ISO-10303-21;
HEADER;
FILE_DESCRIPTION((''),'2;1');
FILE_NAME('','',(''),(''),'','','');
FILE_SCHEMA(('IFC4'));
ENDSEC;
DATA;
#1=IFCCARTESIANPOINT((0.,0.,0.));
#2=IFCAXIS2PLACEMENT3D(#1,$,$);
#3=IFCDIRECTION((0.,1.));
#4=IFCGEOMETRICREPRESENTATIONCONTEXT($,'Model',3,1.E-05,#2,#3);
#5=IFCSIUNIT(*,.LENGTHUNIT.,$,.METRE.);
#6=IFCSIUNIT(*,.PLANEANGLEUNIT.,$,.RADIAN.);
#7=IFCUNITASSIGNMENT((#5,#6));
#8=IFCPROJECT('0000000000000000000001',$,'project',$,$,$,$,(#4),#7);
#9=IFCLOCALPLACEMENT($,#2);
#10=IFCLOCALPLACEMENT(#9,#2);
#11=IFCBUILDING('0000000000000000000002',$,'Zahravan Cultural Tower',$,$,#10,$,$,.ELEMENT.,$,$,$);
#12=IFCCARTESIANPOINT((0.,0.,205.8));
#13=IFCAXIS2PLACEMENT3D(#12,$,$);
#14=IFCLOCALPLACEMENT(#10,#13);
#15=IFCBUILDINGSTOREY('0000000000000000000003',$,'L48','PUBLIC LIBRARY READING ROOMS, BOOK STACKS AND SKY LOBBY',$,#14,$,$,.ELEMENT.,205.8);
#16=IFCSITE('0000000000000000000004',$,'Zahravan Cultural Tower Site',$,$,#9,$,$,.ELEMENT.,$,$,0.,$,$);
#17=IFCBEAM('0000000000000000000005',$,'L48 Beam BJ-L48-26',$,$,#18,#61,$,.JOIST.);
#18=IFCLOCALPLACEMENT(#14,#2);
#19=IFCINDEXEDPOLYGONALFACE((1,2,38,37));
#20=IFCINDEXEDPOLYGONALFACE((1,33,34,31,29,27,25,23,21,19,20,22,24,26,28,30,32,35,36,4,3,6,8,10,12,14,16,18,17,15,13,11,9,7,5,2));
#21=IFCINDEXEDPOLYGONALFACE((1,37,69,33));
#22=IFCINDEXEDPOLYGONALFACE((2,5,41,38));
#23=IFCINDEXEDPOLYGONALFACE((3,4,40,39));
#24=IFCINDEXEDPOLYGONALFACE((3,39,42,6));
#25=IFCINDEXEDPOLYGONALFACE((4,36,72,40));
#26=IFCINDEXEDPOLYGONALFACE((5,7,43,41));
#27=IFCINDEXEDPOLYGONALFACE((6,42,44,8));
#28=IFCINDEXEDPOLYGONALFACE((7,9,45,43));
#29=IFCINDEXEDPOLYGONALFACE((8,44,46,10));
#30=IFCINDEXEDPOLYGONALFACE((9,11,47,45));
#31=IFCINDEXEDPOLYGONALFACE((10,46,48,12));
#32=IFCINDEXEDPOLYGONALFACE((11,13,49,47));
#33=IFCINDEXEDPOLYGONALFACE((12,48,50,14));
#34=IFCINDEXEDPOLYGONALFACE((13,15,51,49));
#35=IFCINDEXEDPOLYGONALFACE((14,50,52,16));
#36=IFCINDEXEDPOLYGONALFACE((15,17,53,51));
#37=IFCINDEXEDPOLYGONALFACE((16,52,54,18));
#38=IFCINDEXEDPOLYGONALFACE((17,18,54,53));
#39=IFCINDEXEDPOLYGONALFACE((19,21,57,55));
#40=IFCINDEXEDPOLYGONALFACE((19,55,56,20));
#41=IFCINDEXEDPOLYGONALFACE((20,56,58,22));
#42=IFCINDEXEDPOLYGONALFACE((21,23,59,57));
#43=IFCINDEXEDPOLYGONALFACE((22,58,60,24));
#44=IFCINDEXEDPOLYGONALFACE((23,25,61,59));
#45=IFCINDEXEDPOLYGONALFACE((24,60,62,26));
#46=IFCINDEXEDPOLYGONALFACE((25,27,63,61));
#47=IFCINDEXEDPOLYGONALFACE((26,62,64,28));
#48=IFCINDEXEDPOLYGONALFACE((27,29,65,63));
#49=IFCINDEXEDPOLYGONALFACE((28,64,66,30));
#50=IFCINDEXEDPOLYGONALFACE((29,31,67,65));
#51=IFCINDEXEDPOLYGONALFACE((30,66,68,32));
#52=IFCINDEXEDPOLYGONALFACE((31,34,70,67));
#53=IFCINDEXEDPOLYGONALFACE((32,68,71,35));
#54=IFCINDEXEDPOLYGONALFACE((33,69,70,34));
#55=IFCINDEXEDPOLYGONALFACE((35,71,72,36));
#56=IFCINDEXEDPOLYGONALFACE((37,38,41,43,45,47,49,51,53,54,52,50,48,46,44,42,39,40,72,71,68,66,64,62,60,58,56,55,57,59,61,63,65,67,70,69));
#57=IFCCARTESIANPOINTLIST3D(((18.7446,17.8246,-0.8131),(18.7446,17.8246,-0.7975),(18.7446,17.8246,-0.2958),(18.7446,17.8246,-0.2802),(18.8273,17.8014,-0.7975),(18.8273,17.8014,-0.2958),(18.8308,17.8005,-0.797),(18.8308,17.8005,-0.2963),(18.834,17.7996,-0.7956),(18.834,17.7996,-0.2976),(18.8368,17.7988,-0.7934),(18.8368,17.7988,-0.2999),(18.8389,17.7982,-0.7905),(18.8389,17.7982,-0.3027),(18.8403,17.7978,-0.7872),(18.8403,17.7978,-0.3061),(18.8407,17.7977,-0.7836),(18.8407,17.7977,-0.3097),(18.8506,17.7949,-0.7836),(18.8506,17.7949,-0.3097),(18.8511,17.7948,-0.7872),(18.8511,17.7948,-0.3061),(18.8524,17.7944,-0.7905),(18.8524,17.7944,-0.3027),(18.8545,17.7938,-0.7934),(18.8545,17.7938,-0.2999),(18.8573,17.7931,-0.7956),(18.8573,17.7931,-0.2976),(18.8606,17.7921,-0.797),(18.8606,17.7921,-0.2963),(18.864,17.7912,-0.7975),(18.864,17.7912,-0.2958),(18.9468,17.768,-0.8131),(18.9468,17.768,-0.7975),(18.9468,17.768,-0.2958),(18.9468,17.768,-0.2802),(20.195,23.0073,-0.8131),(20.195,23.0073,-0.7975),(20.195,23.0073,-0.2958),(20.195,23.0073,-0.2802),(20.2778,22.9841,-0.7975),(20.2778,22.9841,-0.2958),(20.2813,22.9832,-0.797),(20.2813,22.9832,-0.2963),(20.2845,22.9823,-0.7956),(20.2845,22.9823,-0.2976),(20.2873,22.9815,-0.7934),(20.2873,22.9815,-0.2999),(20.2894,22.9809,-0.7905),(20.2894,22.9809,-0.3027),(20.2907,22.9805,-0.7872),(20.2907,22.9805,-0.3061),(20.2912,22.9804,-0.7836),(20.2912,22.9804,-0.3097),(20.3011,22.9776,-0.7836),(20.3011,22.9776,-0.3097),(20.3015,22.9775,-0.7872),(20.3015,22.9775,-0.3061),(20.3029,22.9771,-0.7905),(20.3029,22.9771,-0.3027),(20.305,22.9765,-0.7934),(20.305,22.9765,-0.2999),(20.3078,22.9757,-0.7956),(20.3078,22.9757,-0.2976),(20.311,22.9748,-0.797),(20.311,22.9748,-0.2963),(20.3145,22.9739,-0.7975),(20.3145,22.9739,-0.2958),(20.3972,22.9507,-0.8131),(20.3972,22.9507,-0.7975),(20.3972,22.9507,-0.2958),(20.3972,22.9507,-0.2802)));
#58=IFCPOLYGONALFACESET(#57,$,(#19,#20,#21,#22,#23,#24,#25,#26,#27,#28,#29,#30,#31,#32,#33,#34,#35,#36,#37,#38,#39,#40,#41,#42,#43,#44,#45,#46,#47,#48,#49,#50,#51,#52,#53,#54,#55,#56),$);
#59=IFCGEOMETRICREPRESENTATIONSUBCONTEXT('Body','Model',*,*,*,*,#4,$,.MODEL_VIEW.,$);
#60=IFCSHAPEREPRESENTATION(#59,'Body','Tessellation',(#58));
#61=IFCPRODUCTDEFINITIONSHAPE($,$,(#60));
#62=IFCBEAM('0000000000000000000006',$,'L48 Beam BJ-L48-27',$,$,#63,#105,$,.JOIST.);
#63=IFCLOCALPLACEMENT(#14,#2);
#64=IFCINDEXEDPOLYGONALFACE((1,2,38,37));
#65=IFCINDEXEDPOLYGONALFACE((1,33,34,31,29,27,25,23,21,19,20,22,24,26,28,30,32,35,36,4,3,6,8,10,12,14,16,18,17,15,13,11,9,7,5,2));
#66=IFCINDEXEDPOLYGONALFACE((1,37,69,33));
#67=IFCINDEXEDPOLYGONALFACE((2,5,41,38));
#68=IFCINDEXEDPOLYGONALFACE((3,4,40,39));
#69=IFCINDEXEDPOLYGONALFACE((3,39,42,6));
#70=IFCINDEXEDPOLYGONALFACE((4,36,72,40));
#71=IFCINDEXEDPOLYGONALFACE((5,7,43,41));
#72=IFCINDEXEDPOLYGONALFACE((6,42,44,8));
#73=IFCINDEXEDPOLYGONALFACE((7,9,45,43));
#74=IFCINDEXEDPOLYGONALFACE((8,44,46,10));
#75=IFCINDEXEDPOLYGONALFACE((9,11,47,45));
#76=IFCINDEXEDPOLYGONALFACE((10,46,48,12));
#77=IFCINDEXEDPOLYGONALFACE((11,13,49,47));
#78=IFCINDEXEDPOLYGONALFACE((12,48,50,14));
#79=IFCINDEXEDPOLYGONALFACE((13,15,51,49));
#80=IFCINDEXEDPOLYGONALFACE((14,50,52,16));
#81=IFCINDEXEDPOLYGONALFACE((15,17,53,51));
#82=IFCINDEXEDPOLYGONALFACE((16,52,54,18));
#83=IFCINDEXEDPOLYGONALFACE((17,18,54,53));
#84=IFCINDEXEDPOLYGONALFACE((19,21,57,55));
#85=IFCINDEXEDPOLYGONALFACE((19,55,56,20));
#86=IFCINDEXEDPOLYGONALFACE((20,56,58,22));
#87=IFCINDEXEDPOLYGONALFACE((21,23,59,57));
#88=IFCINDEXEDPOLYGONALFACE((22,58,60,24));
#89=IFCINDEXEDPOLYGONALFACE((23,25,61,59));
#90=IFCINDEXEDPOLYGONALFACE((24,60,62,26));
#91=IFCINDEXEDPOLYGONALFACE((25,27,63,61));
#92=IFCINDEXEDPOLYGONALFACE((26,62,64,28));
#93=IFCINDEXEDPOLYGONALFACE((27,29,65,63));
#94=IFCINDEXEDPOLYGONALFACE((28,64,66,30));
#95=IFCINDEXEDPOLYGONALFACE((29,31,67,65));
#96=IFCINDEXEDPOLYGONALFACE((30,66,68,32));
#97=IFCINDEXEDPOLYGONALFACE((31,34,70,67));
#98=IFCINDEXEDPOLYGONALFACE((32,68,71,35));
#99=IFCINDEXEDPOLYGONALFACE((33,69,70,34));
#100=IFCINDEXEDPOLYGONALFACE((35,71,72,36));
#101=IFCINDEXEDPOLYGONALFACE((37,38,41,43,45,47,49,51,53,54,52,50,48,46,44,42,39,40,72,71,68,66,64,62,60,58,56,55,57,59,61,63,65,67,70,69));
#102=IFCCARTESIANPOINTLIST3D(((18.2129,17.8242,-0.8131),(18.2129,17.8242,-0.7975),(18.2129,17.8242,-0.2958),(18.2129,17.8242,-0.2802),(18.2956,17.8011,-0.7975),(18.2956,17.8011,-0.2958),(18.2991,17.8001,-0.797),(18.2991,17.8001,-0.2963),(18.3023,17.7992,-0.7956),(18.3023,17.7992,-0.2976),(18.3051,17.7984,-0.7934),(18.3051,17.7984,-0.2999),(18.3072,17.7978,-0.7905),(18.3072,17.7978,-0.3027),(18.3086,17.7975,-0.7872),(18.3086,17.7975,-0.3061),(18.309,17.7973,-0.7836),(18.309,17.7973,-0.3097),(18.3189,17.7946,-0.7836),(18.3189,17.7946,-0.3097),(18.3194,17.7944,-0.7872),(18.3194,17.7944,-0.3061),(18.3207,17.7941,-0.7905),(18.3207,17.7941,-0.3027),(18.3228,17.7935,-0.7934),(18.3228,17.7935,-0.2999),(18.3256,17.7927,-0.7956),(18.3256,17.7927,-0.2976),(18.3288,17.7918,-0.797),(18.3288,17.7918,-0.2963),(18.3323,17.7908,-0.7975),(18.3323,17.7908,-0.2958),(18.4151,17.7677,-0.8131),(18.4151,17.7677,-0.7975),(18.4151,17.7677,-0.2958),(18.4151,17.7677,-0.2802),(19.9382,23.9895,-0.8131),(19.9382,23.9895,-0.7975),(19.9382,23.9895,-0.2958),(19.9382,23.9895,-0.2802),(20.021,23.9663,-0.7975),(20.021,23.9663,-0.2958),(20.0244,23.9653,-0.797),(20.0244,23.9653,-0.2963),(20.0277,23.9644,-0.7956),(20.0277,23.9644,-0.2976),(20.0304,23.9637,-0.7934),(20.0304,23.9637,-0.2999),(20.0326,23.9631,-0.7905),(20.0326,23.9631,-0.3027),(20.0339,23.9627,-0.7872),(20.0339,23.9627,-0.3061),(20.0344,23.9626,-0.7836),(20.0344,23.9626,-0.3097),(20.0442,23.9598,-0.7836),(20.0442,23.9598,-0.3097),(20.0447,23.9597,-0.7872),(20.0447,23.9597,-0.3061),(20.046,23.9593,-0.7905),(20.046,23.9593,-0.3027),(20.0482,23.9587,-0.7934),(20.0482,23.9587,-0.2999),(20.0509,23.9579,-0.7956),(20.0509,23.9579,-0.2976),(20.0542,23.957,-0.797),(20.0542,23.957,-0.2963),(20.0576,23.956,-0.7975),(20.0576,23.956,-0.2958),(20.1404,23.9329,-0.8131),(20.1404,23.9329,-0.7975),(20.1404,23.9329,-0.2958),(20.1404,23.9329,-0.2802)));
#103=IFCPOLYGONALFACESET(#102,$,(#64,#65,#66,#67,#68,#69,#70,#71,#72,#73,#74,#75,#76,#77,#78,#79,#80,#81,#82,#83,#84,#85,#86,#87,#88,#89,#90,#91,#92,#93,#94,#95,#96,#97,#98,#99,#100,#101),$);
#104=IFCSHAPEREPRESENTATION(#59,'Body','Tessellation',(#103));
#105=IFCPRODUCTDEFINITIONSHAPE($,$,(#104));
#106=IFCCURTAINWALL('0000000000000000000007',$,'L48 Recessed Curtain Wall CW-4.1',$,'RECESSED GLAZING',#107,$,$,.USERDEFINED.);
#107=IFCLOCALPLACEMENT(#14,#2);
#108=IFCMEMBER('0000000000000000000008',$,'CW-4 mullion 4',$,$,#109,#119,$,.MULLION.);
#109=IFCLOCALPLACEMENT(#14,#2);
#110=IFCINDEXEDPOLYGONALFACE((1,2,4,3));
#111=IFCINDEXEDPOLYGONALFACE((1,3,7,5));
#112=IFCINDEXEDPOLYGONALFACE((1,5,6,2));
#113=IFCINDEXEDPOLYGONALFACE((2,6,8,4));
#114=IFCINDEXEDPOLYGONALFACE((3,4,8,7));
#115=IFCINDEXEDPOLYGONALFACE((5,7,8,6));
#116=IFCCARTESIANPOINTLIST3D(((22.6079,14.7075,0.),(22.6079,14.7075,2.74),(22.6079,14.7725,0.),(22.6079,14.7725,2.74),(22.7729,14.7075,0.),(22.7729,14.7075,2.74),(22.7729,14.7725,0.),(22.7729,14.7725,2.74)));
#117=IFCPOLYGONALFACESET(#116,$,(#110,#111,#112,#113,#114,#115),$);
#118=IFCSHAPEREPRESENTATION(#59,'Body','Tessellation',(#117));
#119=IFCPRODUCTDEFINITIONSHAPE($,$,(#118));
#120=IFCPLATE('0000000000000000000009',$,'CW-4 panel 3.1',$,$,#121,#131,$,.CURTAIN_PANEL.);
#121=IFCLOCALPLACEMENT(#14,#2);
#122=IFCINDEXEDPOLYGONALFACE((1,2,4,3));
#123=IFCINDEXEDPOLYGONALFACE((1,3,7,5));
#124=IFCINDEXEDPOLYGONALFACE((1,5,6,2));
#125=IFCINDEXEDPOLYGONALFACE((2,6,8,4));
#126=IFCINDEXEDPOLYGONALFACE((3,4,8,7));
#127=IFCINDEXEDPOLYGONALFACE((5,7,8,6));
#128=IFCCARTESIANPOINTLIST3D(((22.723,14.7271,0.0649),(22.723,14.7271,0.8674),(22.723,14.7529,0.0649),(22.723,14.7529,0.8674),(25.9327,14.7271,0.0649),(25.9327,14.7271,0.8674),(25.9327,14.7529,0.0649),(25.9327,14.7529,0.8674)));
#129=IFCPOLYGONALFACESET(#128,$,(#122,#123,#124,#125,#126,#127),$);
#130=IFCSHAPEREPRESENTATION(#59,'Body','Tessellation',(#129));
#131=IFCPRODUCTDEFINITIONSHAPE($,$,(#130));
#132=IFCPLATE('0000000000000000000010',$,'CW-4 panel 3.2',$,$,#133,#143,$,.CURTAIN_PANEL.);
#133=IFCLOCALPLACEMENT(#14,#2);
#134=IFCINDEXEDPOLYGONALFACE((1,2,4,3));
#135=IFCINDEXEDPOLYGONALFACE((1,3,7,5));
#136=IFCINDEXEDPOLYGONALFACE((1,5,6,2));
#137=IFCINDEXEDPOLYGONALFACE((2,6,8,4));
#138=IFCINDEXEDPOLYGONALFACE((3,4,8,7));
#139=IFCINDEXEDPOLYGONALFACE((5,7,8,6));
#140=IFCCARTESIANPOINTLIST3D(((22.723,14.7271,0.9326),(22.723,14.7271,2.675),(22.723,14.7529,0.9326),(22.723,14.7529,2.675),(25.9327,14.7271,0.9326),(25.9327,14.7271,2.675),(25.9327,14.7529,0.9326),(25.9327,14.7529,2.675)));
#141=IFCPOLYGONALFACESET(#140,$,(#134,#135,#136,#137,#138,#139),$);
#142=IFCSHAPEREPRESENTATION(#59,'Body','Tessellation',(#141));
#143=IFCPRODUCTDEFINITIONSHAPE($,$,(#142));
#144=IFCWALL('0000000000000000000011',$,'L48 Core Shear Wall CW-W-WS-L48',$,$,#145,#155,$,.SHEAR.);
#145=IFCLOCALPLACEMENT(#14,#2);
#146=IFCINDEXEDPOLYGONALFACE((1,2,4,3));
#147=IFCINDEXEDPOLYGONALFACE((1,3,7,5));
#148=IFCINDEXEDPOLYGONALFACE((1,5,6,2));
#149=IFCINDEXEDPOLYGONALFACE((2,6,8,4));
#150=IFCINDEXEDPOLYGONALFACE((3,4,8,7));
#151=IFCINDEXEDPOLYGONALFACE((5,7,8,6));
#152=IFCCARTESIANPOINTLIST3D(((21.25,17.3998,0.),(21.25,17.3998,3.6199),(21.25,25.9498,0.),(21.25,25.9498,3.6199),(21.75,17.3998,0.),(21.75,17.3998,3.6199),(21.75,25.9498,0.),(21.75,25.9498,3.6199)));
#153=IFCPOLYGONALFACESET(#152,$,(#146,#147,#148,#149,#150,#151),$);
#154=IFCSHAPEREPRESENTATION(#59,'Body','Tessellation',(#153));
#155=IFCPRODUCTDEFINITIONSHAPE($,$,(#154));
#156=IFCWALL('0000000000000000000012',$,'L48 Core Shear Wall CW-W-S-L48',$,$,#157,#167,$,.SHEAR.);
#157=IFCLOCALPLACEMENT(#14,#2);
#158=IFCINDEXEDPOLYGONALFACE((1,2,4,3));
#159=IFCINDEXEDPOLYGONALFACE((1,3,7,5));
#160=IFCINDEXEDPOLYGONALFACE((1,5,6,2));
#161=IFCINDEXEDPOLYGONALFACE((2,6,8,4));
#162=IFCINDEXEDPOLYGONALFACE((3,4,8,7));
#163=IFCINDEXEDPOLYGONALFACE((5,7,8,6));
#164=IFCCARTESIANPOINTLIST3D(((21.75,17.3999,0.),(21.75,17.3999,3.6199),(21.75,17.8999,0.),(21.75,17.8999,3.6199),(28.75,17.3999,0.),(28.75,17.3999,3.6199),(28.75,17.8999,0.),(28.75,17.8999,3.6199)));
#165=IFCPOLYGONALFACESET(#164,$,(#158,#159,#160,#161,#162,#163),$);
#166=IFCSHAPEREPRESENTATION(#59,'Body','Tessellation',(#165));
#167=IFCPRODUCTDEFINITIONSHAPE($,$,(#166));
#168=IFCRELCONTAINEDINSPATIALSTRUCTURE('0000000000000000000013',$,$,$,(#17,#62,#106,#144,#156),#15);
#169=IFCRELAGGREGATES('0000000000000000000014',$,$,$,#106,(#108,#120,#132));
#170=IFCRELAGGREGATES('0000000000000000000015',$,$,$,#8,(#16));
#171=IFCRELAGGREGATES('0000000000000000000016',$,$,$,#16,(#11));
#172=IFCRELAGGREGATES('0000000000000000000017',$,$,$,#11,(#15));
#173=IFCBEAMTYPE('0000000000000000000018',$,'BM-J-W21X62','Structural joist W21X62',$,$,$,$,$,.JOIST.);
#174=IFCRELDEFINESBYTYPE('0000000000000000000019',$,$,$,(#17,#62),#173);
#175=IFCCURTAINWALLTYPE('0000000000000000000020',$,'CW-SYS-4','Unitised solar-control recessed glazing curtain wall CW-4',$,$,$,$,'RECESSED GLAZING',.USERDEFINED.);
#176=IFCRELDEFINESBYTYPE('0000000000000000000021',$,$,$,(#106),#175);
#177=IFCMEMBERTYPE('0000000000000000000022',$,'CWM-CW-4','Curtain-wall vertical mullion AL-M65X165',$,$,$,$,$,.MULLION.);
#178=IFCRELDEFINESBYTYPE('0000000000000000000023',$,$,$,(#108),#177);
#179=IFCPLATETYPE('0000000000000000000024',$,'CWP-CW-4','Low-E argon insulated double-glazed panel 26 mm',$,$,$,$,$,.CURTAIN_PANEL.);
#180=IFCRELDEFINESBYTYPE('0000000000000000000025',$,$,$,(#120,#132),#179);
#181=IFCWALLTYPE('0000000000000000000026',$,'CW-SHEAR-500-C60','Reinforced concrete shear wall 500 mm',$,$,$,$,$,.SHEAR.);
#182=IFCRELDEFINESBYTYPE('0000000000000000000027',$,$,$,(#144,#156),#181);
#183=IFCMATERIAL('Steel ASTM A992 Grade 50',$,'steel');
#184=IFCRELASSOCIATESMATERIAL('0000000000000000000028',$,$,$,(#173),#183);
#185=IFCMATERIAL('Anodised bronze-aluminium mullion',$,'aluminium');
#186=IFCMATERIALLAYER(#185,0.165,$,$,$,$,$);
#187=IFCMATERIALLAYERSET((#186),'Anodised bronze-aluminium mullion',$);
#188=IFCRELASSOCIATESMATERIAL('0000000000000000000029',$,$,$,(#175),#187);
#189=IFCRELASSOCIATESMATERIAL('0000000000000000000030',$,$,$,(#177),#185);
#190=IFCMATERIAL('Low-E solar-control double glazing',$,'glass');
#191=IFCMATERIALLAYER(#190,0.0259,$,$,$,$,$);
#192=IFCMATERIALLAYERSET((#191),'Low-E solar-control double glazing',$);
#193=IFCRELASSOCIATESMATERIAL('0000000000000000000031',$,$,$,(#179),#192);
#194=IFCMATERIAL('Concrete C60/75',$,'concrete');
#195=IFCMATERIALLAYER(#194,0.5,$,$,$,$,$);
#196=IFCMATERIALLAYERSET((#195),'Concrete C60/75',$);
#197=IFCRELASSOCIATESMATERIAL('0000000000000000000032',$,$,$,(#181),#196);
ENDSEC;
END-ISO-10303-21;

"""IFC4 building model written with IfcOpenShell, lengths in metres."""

from ifc_helpers import new_model, si_unit, direction, frame, frame_2d, origin, origin_2d, place, context, subcontext, project, spatial, rectangle, i_section, extrude, source, transform, mapped, material, layer, layer_set, material_profile, profile_set, type_object, element, aggregate, save


model = new_model("IFC4")

# Units and contexts
model_context = context("Model", 3, precision=1e-05, world=origin(), true_north=direction((0.0, 1.0)))
body_context = subcontext(model_context, "Body", "Model", "MODEL_VIEW")
ifc_project = project(units=[si_unit("LENGTHUNIT", "METRE"), si_unit("PLANEANGLEUNIT", "RADIAN")], contexts=[model_context])

# Site, building, storey
site_placement = place(None, origin())
site = spatial("IfcSite", under=ifc_project, at=site_placement, Name="Zahravan Cultural Tower Site", CompositionType="ELEMENT", RefElevation=0.0)
building_placement = place(site_placement, origin())
building = spatial("IfcBuilding", under=site, at=building_placement, Name="Zahravan Cultural Tower", CompositionType="ELEMENT")
storey_placement = place(building_placement, frame((0.0, 0.0, 205.8)))
storey = spatial("IfcBuildingStorey", under=building, at=storey_placement, Name="L48", Description="PUBLIC LIBRARY READING ROOMS, BOOK STACKS AND SKY LOBBY", CompositionType="ELEMENT", Elevation=205.8)

# Beams
ifc_material_1 = material(Name="Steel ASTM A992 Grade 50", Category="steel")
ifc_material_profile_1 = material_profile(ifc_material_1, i_section(OverallWidth=0.21, OverallDepth=0.533, WebThickness=0.0103, FlangeThickness=0.0156, FilletRadius=0.0139, at=origin_2d()), Name="W21X62")
ifc_profile_set_1 = profile_set([ifc_material_profile_1], Name="Steel ASTM A992 Grade 50")
beam_type_1 = type_object("IfcBeamType", Name="BM-J-W21X62", Description="Structural joist W21X62", PredefinedType="JOIST", material=ifc_profile_set_1)
shared_shape_1 = source(origin(), body_context, "Body", "SweptSolid", [
    extrude(i_section(OverallWidth=0.21, OverallDepth=0.533, WebThickness=0.0103, FlangeThickness=0.0156, FilletRadius=0.0139, at=origin_2d()), origin(), (0.0, 0.0, 1.0), 5.3818),
])
beam_1_placement = place(storey_placement, frame((20.2961, 22.979, -0.5466), z_axis=(-0.26951, -0.962997, 0.0), x_axis=(0.962997, -0.26951, 0.0)))
element("IfcBeam", 1, at=beam_1_placement, inside=storey, type_object=beam_type_1, Name="L48 Beam BJ-L48-26", PredefinedType="JOIST", context=body_context, shape_type="MappedRepresentation", body=[
    mapped(shared_shape_1, transform((0.0, 0.0, 0.0), x_axis=(1.0, 0.0, 0.0), y_axis=(0.0, 1.0, 0.0), z_axis=(0.0, 0.0, 1.0), scale=1.0)),
])
shared_shape_2 = source(origin(), body_context, "Body", "SweptSolid", [
    extrude(i_section(OverallWidth=0.21, OverallDepth=0.533, WebThickness=0.0103, FlangeThickness=0.0156, FilletRadius=0.0139, at=origin_2d()), origin(), (0.0, 0.0, 1.0), 6.4021),
])
beam_2_placement = place(storey_placement, frame((20.0393, 23.9612, -0.5466), z_axis=(-0.269494, -0.963002, 0.0), x_axis=(0.963002, -0.269494, 0.0)))
element("IfcBeam", 2, at=beam_2_placement, inside=storey, type_object=beam_type_1, Name="L48 Beam BJ-L48-27", PredefinedType="JOIST", context=body_context, shape_type="MappedRepresentation", body=[
    mapped(shared_shape_2, transform((0.0, 0.0, 0.0), x_axis=(1.0, 0.0, 0.0), y_axis=(0.0, 1.0, 0.0), z_axis=(0.0, 0.0, 1.0), scale=1.0)),
])

# Curtain wall, member, plates
ifc_material_2 = material(Name="Anodised bronze-aluminium mullion", Category="aluminium")
ifc_layer_1 = layer(ifc_material_2, 0.165)
ifc_layer_set_1 = layer_set([ifc_layer_1], Name="Anodised bronze-aluminium mullion")
curtain_wall_type = type_object("IfcCurtainWallType", Name="CW-SYS-4", Description="Unitised solar-control recessed glazing curtain wall CW-4", ElementType="RECESSED GLAZING", PredefinedType="USERDEFINED", material=ifc_layer_set_1)
curtain_wall_placement = place(storey_placement, origin())
curtain_wall = element("IfcCurtainWall", 3, at=curtain_wall_placement, inside=storey, type_object=curtain_wall_type, Name="L48 Recessed Curtain Wall CW-4.1", ObjectType="RECESSED GLAZING", PredefinedType="USERDEFINED")
ifc_material_profile_2 = material_profile(ifc_material_2, rectangle(XDim=0.0649, YDim=0.165, at=origin_2d()), Name="AL-M65X165")
ifc_profile_set_2 = profile_set([ifc_material_profile_2], Name="Anodised bronze-aluminium mullion")
member_type = type_object("IfcMemberType", Name="CWM-CW-4", Description="Curtain-wall vertical mullion AL-M65X165", PredefinedType="MULLION", material=ifc_profile_set_2)
shared_shape_3 = source(origin(), body_context, "Body", "SweptSolid", [
    extrude(rectangle(XDim=0.0649, YDim=0.165, at=origin_2d()), origin(), (0.0, 0.0, 1.0), 2.74),
])
member_placement = place(storey_placement, frame((22.6904, 14.74, 0.0), z_axis=(0.0, 0.0, 1.0), x_axis=(0.0, -1.0, 0.0)))
member = element("IfcMember", 4, at=member_placement, type_object=member_type, Name="CW-4 mullion 4", PredefinedType="MULLION", context=body_context, shape_type="MappedRepresentation", body=[
    mapped(shared_shape_3, transform((0.0, 0.0, 0.0), x_axis=(1.0, 0.0, 0.0), y_axis=(0.0, 1.0, 0.0), z_axis=(0.0, 0.0, 1.0), scale=1.0)),
])
ifc_material_3 = material(Name="Low-E solar-control double glazing", Category="glass")
ifc_layer_2 = layer(ifc_material_3, 0.0259)
ifc_layer_set_2 = layer_set([ifc_layer_2], Name="Low-E solar-control double glazing")
plate_type = type_object("IfcPlateType", Name="CWP-CW-4", Description="Low-E argon insulated double-glazed panel 26 mm", PredefinedType="CURTAIN_PANEL", material=ifc_layer_set_2)
shared_shape_4 = source(origin(), body_context, "Body", "SweptSolid", [
    extrude(rectangle(XDim=3.2097, YDim=0.0259, at=origin_2d()), origin(), (0.0, 0.0, 1.0), 0.8025),
])
plate_1_placement = place(storey_placement, frame((24.3279, 14.74, 0.0649), z_axis=(0.0, 0.0, 1.0), x_axis=(-1.0, 0.0, 0.0)))
plate_1 = element("IfcPlate", 5, at=plate_1_placement, type_object=plate_type, Name="CW-4 panel 3.1", PredefinedType="CURTAIN_PANEL", context=body_context, shape_type="MappedRepresentation", body=[
    mapped(shared_shape_4, transform((0.0, 0.0, 0.0), x_axis=(1.0, 0.0, 0.0), y_axis=(0.0, 1.0, 0.0), z_axis=(0.0, 0.0, 1.0), scale=1.0)),
])
shared_shape_5 = source(origin(), body_context, "Body", "SweptSolid", [
    extrude(rectangle(XDim=3.2097, YDim=0.0259, at=origin_2d()), origin(), (0.0, 0.0, 1.0), 1.7424),
])
plate_2_placement = place(storey_placement, frame((24.3279, 14.74, 0.9326), z_axis=(0.0, 0.0, 1.0), x_axis=(-1.0, 0.0, 0.0)))
plate_2 = element("IfcPlate", 6, at=plate_2_placement, type_object=plate_type, Name="CW-4 panel 3.2", PredefinedType="CURTAIN_PANEL", context=body_context, shape_type="MappedRepresentation", body=[
    mapped(shared_shape_5, transform((0.0, 0.0, 0.0), x_axis=(1.0, 0.0, 0.0), y_axis=(0.0, 1.0, 0.0), z_axis=(0.0, 0.0, 1.0), scale=1.0)),
])
aggregate(curtain_wall, [member, plate_1, plate_2])

# Walls
ifc_material_4 = material(Name="Concrete C60/75", Category="concrete")
ifc_layer_3 = layer(ifc_material_4, 0.5)
ifc_layer_set_3 = layer_set([ifc_layer_3], Name="Concrete C60/75")
wall_type_1 = type_object("IfcWallType", Name="CW-SHEAR-500-C60", Description="Reinforced concrete shear wall 500 mm", PredefinedType="SHEAR", material=ifc_layer_set_3)
shared_shape_6 = source(origin(), body_context, "Body", "SweptSolid", [
    extrude(rectangle(XDim=8.55, YDim=0.5, at=frame_2d((4.2749, 0.0))), origin(), (0.0, 0.0, 1.0), 3.6199),
])
wall_1_placement = place(storey_placement, frame((21.5, 17.3999, 0.0), z_axis=(0.0, 0.0, 1.0), x_axis=(0.0, 1.0, 0.0)))
element("IfcWall", 7, at=wall_1_placement, inside=storey, type_object=wall_type_1, Name="L48 Core Shear Wall CW-W-WS-L48", PredefinedType="SHEAR", context=body_context, shape_type="MappedRepresentation", body=[
    mapped(shared_shape_6, transform((0.0, 0.0, 0.0), x_axis=(1.0, 0.0, 0.0), y_axis=(0.0, 1.0, 0.0), z_axis=(0.0, 0.0, 1.0), scale=1.0)),
])
shared_shape_7 = source(origin(), body_context, "Body", "SweptSolid", [
    extrude(rectangle(XDim=7.0, YDim=0.5, at=frame_2d((3.5, 0.0))), origin(), (0.0, 0.0, 1.0), 3.6199),
])
wall_2_placement = place(storey_placement, frame((21.75, 17.6499, 0.0), z_axis=(0.0, 0.0, 1.0), x_axis=(1.0, 0.0, 0.0)))
element("IfcWall", 8, at=wall_2_placement, inside=storey, type_object=wall_type_1, Name="L48 Core Shear Wall CW-W-S-L48", PredefinedType="SHEAR", context=body_context, shape_type="MappedRepresentation", body=[
    mapped(shared_shape_7, transform((0.0, 0.0, 0.0), x_axis=(1.0, 0.0, 0.0), y_axis=(0.0, 1.0, 0.0), z_axis=(0.0, 0.0, 1.0), scale=1.0)),
])

save(model, "model.ifc")
